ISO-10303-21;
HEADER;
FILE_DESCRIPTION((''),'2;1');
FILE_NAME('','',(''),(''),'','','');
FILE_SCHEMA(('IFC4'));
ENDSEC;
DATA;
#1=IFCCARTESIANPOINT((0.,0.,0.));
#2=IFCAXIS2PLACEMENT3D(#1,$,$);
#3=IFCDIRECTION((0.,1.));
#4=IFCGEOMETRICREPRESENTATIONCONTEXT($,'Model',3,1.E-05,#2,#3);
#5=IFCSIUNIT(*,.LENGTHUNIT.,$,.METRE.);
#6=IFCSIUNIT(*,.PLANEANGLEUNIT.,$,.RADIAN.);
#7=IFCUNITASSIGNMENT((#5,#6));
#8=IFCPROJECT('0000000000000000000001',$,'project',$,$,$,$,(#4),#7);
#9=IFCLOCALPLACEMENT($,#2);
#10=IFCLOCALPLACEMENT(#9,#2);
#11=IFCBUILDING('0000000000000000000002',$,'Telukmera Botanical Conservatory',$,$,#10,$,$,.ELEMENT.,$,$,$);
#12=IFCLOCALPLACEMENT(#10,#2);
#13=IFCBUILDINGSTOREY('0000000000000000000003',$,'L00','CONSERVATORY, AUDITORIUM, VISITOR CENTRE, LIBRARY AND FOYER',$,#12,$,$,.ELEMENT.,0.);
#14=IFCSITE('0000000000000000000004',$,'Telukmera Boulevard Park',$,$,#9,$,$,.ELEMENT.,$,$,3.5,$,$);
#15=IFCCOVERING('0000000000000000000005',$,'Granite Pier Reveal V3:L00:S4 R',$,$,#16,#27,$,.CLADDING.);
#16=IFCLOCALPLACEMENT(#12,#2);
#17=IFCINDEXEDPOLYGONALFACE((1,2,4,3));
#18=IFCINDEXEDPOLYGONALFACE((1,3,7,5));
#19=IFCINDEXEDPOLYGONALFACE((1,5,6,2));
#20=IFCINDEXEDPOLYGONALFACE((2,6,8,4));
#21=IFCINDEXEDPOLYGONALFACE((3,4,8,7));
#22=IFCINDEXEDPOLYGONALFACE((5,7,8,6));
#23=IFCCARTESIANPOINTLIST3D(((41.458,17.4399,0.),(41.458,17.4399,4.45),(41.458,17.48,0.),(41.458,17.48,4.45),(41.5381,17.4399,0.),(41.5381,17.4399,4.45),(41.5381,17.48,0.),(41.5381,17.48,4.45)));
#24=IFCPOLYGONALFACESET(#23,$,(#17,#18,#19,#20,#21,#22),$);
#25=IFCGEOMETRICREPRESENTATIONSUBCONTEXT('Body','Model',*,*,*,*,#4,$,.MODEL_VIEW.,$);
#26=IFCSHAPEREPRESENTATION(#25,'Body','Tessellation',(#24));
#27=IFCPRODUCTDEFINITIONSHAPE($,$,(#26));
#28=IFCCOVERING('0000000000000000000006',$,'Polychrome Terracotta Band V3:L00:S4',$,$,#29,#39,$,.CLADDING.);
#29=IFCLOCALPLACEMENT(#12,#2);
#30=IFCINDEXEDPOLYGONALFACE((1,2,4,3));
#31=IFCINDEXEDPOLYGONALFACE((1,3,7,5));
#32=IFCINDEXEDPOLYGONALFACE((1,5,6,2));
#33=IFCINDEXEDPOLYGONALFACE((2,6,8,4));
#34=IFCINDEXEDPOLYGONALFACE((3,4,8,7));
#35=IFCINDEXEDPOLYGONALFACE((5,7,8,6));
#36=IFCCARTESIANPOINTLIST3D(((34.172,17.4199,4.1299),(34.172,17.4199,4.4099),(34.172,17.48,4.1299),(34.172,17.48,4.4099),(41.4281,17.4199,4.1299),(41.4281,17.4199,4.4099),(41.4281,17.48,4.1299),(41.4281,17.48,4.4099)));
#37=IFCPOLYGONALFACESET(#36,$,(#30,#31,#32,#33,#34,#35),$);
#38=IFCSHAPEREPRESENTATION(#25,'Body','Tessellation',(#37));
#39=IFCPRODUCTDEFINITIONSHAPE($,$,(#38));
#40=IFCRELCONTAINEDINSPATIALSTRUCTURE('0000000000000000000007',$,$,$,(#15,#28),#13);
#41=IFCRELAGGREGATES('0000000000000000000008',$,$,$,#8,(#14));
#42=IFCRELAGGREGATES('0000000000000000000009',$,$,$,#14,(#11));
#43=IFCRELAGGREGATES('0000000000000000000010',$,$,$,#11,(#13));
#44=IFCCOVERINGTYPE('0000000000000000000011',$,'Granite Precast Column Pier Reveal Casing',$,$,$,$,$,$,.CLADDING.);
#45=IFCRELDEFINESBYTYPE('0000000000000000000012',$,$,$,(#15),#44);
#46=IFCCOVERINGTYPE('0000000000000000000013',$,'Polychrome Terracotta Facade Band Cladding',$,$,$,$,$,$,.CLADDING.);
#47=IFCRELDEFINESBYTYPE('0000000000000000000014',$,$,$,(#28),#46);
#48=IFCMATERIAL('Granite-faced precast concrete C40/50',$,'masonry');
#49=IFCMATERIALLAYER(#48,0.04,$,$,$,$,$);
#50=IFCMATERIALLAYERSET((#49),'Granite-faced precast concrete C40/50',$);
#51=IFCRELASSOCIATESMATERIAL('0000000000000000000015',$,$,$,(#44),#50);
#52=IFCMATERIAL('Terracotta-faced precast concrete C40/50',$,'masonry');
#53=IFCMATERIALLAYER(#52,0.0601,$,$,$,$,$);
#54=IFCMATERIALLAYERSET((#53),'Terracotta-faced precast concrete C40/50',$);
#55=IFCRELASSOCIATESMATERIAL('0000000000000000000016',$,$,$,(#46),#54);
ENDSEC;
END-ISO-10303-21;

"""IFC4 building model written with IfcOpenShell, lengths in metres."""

from ifc_helpers import new_model, si_unit, direction, frame, origin, origin_2d, place, context, subcontext, project, spatial, rectangle, extrude, material, layer, layer_set, type_object, element, save


model = new_model("IFC4")

# Units and contexts
model_context = context("Model", 3, precision=1e-05, world=origin(), true_north=direction((0.0, 1.0)))
body_context = subcontext(model_context, "Body", "Model", "MODEL_VIEW")
ifc_project = project(units=[si_unit("LENGTHUNIT", "METRE"), si_unit("PLANEANGLEUNIT", "RADIAN")], contexts=[model_context])

# Site, building, storey
site_placement = place(None, origin())
site = spatial("IfcSite", under=ifc_project, at=site_placement, Name="Telukmera Boulevard Park", CompositionType="ELEMENT", RefElevation=3.5)
building_placement = place(site_placement, origin())
building = spatial("IfcBuilding", under=site, at=building_placement, Name="Telukmera Botanical Conservatory", CompositionType="ELEMENT")
storey_placement = place(building_placement, origin())
storey = spatial("IfcBuildingStorey", under=building, at=storey_placement, Name="L00", Description="CONSERVATORY, AUDITORIUM, VISITOR CENTRE, LIBRARY AND FOYER", CompositionType="ELEMENT", Elevation=0.0)

# Coverings
ifc_material_1 = material(Name="Granite-faced precast concrete C40/50", Category="masonry")
ifc_layer_1 = layer(ifc_material_1, 0.04)
ifc_layer_set_1 = layer_set([ifc_layer_1], Name="Granite-faced precast concrete C40/50")
covering_type_1 = type_object("IfcCoveringType", Name="Granite Precast Column Pier Reveal Casing", PredefinedType="CLADDING", material=ifc_layer_set_1)
for number, where, z_axis, x_axis, name in (
    (1, (41.498, 17.46, 0.0), (0.0, 0.0, 1.0), (1.0, 0.0, 0.0), "Granite Pier Reveal V3:L00:S4 R"),
):
    element("IfcCovering", number, at=place(storey_placement, frame(where, z_axis=z_axis, x_axis=x_axis)), inside=storey, type_object=covering_type_1, Name=name, PredefinedType="CLADDING", context=body_context, shape_type="SweptSolid", body=[
        extrude(rectangle(XDim=0.0801, YDim=0.04, at=origin_2d()), origin(), (0.0, 0.0, 1.0), 4.45),
    ])
ifc_material_2 = material(Name="Terracotta-faced precast concrete C40/50", Category="masonry")
ifc_layer_2 = layer(ifc_material_2, 0.0601)
ifc_layer_set_2 = layer_set([ifc_layer_2], Name="Terracotta-faced precast concrete C40/50")
covering_type_2 = type_object("IfcCoveringType", Name="Polychrome Terracotta Facade Band Cladding", PredefinedType="CLADDING", material=ifc_layer_set_2)
covering_placement = place(storey_placement, frame((37.8, 17.45, 4.1299), z_axis=(0.0, 0.0, 1.0), x_axis=(1.0, 0.0, 0.0)))
element("IfcCovering", 2, at=covering_placement, inside=storey, type_object=covering_type_2, Name="Polychrome Terracotta Band V3:L00:S4", PredefinedType="CLADDING", context=body_context, shape_type="SweptSolid", body=[
    extrude(rectangle(XDim=7.2561, YDim=0.0601, at=origin_2d()), origin(), (0.0, 0.0, 1.0), 0.28),
])

save(model, "model.ifc")
